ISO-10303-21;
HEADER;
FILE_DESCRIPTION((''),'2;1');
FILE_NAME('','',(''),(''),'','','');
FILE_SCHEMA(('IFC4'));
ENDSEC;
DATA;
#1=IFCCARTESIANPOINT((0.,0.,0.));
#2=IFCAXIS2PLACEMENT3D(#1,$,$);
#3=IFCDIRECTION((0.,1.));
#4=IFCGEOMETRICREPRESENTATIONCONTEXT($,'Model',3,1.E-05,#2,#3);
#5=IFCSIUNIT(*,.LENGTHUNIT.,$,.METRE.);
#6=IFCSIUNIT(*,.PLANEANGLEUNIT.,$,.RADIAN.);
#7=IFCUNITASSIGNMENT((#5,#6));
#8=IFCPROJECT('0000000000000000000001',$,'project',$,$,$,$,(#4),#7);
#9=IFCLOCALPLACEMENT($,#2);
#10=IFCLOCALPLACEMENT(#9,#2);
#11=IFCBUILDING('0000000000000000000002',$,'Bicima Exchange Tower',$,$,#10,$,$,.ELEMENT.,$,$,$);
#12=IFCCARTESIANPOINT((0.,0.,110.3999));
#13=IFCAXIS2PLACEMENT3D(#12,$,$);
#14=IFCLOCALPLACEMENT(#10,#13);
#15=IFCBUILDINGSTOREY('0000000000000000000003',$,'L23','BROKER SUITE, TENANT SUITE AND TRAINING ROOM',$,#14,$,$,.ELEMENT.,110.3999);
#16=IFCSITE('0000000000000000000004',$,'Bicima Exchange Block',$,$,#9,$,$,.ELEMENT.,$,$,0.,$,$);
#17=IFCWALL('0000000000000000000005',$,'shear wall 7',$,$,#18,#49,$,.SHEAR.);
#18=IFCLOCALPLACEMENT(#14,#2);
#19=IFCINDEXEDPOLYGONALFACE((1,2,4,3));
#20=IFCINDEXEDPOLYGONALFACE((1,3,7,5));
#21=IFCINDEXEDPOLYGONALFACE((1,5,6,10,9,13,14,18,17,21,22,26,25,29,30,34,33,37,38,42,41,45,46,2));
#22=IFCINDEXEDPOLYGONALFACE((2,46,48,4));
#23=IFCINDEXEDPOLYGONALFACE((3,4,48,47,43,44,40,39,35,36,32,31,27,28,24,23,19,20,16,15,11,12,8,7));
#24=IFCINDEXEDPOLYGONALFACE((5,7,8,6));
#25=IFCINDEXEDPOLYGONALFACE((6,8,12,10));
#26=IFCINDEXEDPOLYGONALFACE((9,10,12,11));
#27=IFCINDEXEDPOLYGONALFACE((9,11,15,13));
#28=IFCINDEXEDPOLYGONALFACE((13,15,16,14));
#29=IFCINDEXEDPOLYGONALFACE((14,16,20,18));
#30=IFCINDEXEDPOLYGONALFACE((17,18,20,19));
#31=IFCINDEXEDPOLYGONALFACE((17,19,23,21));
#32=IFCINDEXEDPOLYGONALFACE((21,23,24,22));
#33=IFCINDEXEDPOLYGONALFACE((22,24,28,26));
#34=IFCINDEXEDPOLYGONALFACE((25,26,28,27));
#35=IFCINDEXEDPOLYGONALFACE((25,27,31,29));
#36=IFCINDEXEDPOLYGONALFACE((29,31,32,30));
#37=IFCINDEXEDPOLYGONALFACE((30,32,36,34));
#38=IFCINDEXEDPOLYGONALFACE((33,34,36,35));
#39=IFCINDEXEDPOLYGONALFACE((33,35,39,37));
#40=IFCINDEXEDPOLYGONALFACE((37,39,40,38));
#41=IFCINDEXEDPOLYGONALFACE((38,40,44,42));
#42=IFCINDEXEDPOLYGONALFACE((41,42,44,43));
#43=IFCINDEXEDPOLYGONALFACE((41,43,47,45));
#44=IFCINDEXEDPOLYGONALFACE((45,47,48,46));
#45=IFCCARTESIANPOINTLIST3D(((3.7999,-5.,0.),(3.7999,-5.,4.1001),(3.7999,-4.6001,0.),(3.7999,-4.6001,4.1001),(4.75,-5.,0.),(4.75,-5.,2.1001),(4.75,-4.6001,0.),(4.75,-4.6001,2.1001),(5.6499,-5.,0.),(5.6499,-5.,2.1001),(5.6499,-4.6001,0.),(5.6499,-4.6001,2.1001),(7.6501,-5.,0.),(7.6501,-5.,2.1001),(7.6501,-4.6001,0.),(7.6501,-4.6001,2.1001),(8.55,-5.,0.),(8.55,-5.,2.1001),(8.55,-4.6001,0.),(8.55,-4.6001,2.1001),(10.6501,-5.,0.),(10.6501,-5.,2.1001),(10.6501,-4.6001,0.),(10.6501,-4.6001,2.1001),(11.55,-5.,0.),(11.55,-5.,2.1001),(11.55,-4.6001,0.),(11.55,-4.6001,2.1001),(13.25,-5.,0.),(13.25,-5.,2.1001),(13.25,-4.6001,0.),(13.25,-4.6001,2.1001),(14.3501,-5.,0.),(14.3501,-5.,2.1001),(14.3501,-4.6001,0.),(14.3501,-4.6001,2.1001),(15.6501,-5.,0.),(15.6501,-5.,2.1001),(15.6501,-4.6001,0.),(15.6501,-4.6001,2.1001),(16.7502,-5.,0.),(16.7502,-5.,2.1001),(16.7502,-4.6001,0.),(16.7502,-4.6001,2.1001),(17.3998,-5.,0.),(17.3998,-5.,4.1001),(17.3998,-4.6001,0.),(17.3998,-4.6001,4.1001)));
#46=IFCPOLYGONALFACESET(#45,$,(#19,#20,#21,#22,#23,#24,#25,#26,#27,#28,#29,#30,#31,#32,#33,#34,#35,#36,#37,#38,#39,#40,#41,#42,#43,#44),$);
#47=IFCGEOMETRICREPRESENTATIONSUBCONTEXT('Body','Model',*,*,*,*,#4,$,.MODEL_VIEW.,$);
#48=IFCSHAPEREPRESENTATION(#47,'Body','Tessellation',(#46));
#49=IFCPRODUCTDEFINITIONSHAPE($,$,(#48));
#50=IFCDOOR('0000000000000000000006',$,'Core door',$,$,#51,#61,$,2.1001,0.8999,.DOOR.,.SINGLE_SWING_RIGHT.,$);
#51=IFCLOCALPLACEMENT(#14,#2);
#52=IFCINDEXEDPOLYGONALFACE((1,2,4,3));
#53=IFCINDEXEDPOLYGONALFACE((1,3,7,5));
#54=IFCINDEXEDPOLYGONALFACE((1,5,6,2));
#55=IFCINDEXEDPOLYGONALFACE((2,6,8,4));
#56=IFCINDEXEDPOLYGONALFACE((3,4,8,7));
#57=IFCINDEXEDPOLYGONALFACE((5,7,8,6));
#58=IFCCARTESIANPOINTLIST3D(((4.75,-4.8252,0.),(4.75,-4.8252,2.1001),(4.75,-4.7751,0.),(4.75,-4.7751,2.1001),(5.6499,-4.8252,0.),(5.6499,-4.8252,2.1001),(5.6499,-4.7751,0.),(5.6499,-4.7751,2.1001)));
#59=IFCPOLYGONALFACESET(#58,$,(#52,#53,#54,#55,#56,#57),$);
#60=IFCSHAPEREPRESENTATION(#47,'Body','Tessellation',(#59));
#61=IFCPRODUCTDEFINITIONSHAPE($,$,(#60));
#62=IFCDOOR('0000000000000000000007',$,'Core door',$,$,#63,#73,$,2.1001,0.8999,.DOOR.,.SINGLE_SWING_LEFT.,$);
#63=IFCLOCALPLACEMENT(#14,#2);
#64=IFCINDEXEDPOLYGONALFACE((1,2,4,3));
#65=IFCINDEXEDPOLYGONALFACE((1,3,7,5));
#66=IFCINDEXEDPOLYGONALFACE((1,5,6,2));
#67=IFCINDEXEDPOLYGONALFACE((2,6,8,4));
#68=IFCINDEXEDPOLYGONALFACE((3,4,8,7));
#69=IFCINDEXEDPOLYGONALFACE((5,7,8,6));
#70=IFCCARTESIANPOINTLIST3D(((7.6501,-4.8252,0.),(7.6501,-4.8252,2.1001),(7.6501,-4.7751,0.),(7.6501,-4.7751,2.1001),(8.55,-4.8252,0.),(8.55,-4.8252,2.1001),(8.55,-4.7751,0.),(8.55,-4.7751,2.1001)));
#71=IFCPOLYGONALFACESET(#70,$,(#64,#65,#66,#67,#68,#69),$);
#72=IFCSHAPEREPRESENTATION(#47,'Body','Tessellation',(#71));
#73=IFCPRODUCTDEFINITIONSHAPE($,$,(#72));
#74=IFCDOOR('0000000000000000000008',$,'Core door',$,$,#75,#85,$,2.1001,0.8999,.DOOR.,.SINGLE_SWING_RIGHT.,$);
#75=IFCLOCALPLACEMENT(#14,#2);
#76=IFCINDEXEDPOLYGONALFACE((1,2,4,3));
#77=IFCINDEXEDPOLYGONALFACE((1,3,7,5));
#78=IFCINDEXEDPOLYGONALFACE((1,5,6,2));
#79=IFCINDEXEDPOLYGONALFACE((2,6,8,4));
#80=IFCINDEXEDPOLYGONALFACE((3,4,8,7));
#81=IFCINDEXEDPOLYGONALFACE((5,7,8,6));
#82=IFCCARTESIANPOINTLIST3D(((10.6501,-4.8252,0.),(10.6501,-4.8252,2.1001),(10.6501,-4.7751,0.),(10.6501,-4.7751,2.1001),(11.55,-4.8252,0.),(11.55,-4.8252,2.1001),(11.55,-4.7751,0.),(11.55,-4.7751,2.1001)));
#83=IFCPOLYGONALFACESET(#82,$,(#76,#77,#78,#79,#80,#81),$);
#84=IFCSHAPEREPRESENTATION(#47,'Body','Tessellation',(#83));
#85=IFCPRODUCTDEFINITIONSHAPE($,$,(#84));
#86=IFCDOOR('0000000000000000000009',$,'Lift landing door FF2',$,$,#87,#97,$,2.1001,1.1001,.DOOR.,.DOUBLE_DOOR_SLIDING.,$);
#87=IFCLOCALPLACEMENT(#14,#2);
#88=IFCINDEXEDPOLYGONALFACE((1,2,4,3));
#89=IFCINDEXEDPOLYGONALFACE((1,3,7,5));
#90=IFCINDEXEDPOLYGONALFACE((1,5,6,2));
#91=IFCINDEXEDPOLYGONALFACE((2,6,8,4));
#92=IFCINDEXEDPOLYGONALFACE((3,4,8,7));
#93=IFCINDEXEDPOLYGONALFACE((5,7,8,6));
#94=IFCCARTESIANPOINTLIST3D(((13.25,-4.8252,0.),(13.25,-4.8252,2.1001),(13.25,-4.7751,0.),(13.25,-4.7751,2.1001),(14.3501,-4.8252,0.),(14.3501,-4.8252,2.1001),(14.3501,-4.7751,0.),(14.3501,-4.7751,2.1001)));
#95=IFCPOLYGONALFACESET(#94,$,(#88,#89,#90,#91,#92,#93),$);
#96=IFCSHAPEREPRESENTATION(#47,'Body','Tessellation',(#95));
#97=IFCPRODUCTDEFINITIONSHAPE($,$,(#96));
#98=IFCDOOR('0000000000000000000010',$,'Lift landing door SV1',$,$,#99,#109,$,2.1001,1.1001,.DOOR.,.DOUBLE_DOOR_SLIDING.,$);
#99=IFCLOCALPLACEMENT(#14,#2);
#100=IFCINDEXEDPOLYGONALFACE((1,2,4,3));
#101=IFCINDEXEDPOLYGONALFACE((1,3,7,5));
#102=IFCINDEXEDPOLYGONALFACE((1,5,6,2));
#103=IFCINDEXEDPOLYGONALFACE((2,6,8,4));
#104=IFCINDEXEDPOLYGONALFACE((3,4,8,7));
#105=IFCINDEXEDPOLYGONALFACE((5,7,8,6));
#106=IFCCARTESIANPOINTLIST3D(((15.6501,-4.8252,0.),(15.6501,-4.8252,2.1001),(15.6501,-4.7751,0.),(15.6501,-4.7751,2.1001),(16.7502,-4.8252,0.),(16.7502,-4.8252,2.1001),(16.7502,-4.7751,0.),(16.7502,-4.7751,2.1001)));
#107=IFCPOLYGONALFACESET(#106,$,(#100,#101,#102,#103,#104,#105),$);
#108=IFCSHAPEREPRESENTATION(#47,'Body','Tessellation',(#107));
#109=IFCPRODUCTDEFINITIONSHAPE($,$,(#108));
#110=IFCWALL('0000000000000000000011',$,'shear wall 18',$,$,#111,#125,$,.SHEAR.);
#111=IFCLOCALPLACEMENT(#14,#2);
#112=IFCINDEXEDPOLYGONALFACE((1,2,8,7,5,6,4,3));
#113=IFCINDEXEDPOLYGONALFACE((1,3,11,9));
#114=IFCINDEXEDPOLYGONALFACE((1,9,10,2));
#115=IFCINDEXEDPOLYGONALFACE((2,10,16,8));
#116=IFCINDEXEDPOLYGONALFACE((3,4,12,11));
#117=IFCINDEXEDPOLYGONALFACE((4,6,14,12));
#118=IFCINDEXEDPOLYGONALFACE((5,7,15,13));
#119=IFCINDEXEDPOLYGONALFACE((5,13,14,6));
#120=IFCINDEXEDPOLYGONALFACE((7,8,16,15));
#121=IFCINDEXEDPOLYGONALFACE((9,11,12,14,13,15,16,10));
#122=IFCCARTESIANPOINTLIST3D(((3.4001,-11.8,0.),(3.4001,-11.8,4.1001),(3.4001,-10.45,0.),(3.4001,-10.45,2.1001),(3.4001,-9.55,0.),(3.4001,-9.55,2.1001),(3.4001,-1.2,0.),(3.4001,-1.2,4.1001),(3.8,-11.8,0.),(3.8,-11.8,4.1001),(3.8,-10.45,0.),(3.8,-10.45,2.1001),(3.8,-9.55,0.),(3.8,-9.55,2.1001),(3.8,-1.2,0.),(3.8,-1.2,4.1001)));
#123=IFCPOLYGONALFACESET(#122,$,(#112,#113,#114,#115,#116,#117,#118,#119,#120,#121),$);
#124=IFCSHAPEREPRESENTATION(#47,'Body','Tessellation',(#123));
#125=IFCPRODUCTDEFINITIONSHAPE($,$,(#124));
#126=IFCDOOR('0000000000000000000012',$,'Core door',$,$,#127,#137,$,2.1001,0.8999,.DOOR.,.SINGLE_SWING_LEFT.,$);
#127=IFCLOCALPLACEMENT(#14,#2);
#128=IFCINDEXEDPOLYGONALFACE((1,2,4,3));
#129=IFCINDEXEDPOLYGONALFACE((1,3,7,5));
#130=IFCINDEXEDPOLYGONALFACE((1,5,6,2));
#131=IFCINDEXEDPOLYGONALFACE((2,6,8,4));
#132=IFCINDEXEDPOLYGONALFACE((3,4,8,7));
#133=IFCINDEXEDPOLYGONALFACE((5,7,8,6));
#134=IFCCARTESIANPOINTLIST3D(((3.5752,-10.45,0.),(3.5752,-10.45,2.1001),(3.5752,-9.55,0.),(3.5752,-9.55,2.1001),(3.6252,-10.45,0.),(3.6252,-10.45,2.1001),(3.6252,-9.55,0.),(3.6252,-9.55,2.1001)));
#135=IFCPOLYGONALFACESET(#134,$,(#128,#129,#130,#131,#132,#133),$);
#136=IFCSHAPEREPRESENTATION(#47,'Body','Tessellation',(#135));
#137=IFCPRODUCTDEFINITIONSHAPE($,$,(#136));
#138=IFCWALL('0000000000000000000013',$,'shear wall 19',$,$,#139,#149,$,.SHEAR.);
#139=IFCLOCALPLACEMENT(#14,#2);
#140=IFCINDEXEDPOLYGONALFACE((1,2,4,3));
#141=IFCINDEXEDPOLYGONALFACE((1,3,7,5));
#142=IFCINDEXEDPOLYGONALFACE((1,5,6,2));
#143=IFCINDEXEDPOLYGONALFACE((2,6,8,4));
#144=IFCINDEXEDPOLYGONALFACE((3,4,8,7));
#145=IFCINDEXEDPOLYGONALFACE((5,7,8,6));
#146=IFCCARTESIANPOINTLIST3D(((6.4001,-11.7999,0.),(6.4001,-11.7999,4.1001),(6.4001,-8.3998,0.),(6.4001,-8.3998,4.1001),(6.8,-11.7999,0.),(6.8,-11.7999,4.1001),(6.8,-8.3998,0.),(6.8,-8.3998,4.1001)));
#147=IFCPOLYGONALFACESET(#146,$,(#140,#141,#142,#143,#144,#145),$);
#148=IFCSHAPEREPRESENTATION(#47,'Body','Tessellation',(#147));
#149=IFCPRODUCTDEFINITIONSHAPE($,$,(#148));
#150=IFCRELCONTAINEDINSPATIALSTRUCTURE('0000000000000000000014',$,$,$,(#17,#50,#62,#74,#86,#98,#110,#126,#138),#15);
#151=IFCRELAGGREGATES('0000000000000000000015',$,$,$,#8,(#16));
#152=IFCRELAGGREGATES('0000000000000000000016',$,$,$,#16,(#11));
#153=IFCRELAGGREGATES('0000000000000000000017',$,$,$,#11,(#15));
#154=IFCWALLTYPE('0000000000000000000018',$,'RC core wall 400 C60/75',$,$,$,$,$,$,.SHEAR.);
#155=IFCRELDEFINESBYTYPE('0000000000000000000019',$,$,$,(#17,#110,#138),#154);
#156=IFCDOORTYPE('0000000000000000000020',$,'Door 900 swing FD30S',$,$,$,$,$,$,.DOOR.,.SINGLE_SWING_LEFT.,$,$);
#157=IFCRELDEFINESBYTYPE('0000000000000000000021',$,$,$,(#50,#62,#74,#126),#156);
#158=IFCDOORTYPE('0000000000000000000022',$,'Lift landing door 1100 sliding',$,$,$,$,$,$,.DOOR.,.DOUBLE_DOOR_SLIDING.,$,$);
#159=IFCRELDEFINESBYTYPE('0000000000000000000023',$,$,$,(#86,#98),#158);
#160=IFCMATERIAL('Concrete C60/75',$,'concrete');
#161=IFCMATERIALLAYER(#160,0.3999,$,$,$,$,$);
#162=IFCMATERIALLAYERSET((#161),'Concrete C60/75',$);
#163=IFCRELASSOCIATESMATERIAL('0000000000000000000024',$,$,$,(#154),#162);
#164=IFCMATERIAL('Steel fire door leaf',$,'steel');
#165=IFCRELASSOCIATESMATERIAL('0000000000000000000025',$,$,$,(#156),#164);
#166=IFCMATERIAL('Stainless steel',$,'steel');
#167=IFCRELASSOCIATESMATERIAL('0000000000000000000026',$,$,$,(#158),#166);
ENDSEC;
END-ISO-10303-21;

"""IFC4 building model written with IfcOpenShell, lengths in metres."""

from ifc_helpers import new_model, si_unit, direction, frame, frame_2d, origin, place, context, subcontext, project, spatial, rectangle, extrude, material, layer, layer_set, type_object, element, fill, save


model = new_model("IFC4")

# Units and contexts
model_context = context("Model", 3, precision=1e-05, world=origin(), true_north=direction((0.0, 1.0)))
body_context = subcontext(model_context, "Body", "Model", "MODEL_VIEW")
ifc_project = project(units=[si_unit("LENGTHUNIT", "METRE"), si_unit("PLANEANGLEUNIT", "RADIAN")], contexts=[model_context])

# Site, building, storey
site_placement = place(None, origin())
site = spatial("IfcSite", under=ifc_project, at=site_placement, Name="Bicima Exchange Block", CompositionType="ELEMENT", RefElevation=0.0)
building_placement = place(site_placement, origin())
building = spatial("IfcBuilding", under=site, at=building_placement, Name="Bicima Exchange Tower", CompositionType="ELEMENT")
storey_placement = place(building_placement, frame((0.0, 0.0, 110.3999)))
storey = spatial("IfcBuildingStorey", under=building, at=storey_placement, Name="L23", Description="BROKER SUITE, TENANT SUITE AND TRAINING ROOM", CompositionType="ELEMENT", Elevation=110.3999)

# Shared definitions
ifc_material_1 = material(Name="Concrete C60/75", Category="concrete")
ifc_layer_1 = layer(ifc_material_1, 0.3999)
ifc_layer_set_1 = layer_set([ifc_layer_1], Name="Concrete C60/75")
wall_type_1 = type_object("IfcWallType", Name="RC core wall 400 C60/75", PredefinedType="SHEAR", material=ifc_layer_set_1)
ifc_material_2 = material(Name="Steel fire door leaf", Category="steel")
door_type_1 = type_object("IfcDoorType", Name="Door 900 swing FD30S", OperationType="SINGLE_SWING_LEFT", PredefinedType="DOOR", material=ifc_material_2)

# Wall, openings, doors
wall_1_placement = place(storey_placement, frame((3.8, -4.8, 0.0), z_axis=(0.0, 0.0, 1.0), x_axis=(1.0, 0.0, 0.0)))
wall_1 = element("IfcWall", 1, at=wall_1_placement, inside=storey, type_object=wall_type_1, Name="shear wall 7", PredefinedType="SHEAR", context=body_context, shape_type="SweptSolid", body=[
    extrude(rectangle(XDim=13.5999, YDim=0.3999, at=frame_2d((6.7998, 0.0))), origin(), (0.0, 0.0, 1.0), 4.1001),
])
opening_1_placement = place(wall_1_placement, frame((9.45, 0.0, 0.0)))
opening_1 = element("IfcOpeningElement", 2, at=opening_1_placement, cuts=wall_1, PredefinedType="OPENING", context=body_context, shape_type="SweptSolid", body=[
    extrude(rectangle(XDim=1.1001, YDim=2.1001, at=frame_2d((0.55, 1.05))), frame((0.0, 0.2119, 0.0), z_axis=(0.0, -1.0, 0.0), x_axis=(1.0, 0.0, 0.0)), (0.0, 0.0, 1.0), 0.4238),
])
opening_2_placement = place(wall_1_placement, frame((11.8501, 0.0, 0.0)))
opening_2 = element("IfcOpeningElement", 3, at=opening_2_placement, cuts=wall_1, PredefinedType="OPENING", context=body_context, shape_type="SweptSolid", body=[
    extrude(rectangle(XDim=1.1001, YDim=2.1001, at=frame_2d((0.55, 1.05))), frame((0.0, 0.2119, 0.0), z_axis=(0.0, -1.0, 0.0), x_axis=(1.0, 0.0, 0.0)), (0.0, 0.0, 1.0), 0.4238),
])
opening_3_placement = place(wall_1_placement, frame((0.95, 0.0, 0.0)))
opening_3 = element("IfcOpeningElement", 4, at=opening_3_placement, cuts=wall_1, PredefinedType="OPENING", context=body_context, shape_type="SweptSolid", body=[
    extrude(rectangle(XDim=0.8999, YDim=2.1001, at=frame_2d((0.45, 1.05))), frame((0.0, 0.2119, 0.0), z_axis=(0.0, -1.0, 0.0), x_axis=(1.0, 0.0, 0.0)), (0.0, 0.0, 1.0), 0.4238),
])
opening_4_placement = place(wall_1_placement, frame((3.8501, 0.0, 0.0)))
opening_4 = element("IfcOpeningElement", 5, at=opening_4_placement, cuts=wall_1, PredefinedType="OPENING", context=body_context, shape_type="SweptSolid", body=[
    extrude(rectangle(XDim=0.8999, YDim=2.1001, at=frame_2d((0.45, 1.05))), frame((0.0, 0.2119, 0.0), z_axis=(0.0, -1.0, 0.0), x_axis=(1.0, 0.0, 0.0)), (0.0, 0.0, 1.0), 0.4238),
])
opening_5_placement = place(wall_1_placement, frame((6.8501, 0.0, 0.0)))
opening_5 = element("IfcOpeningElement", 6, at=opening_5_placement, cuts=wall_1, PredefinedType="OPENING", context=body_context, shape_type="SweptSolid", body=[
    extrude(rectangle(XDim=0.8999, YDim=2.1001, at=frame_2d((0.45, 1.05))), frame((0.0, 0.2119, 0.0), z_axis=(0.0, -1.0, 0.0), x_axis=(1.0, 0.0, 0.0)), (0.0, 0.0, 1.0), 0.4238),
])
door_1_placement = place(opening_3_placement, origin())
door_1 = element("IfcDoor", 7, at=door_1_placement, inside=storey, type_object=door_type_1, Name="Core door", OperationType="SINGLE_SWING_RIGHT", OverallHeight=2.1001, OverallWidth=0.8999, PredefinedType="DOOR", context=body_context, shape_type="SweptSolid", body=[
    extrude(rectangle(XDim=0.8999, YDim=2.1001, at=frame_2d((0.45, 1.05))), frame((0.0, 0.0249, 0.0), z_axis=(0.0, -1.0, 0.0), x_axis=(1.0, 0.0, 0.0)), (0.0, 0.0, 1.0), 0.05),
])
fill(opening_3, door_1)
door_2_placement = place(opening_4_placement, origin())
door_2 = element("IfcDoor", 8, at=door_2_placement, inside=storey, type_object=door_type_1, Name="Core door", OperationType="SINGLE_SWING_LEFT", OverallHeight=2.1001, OverallWidth=0.8999, PredefinedType="DOOR", context=body_context, shape_type="SweptSolid", body=[
    extrude(rectangle(XDim=0.8999, YDim=2.1001, at=frame_2d((0.45, 1.05))), frame((0.0, 0.0249, 0.0), z_axis=(0.0, -1.0, 0.0), x_axis=(1.0, 0.0, 0.0)), (0.0, 0.0, 1.0), 0.05),
])
fill(opening_4, door_2)
door_3_placement = place(opening_5_placement, origin())
door_3 = element("IfcDoor", 9, at=door_3_placement, inside=storey, type_object=door_type_1, Name="Core door", OperationType="SINGLE_SWING_RIGHT", OverallHeight=2.1001, OverallWidth=0.8999, PredefinedType="DOOR", context=body_context, shape_type="SweptSolid", body=[
    extrude(rectangle(XDim=0.8999, YDim=2.1001, at=frame_2d((0.45, 1.05))), frame((0.0, 0.0249, 0.0), z_axis=(0.0, -1.0, 0.0), x_axis=(1.0, 0.0, 0.0)), (0.0, 0.0, 1.0), 0.05),
])
fill(opening_5, door_3)
ifc_material_3 = material(Name="Stainless steel", Category="steel")
door_type_2 = type_object("IfcDoorType", Name="Lift landing door 1100 sliding", OperationType="DOUBLE_DOOR_SLIDING", PredefinedType="DOOR", material=ifc_material_3)
door_4_placement = place(opening_1_placement, origin())
door_4 = element("IfcDoor", 10, at=door_4_placement, inside=storey, type_object=door_type_2, Name="Lift landing door FF2", OperationType="DOUBLE_DOOR_SLIDING", OverallHeight=2.1001, OverallWidth=1.1001, PredefinedType="DOOR", context=body_context, shape_type="SweptSolid", body=[
    extrude(rectangle(XDim=1.1001, YDim=2.1001, at=frame_2d((0.55, 1.05))), frame((0.0, 0.0249, 0.0), z_axis=(0.0, -1.0, 0.0), x_axis=(1.0, 0.0, 0.0)), (0.0, 0.0, 1.0), 0.05),
])
fill(opening_1, door_4)
door_5_placement = place(opening_2_placement, origin())
door_5 = element("IfcDoor", 11, at=door_5_placement, inside=storey, type_object=door_type_2, Name="Lift landing door SV1", OperationType="DOUBLE_DOOR_SLIDING", OverallHeight=2.1001, OverallWidth=1.1001, PredefinedType="DOOR", context=body_context, shape_type="SweptSolid", body=[
    extrude(rectangle(XDim=1.1001, YDim=2.1001, at=frame_2d((0.55, 1.05))), frame((0.0, 0.0249, 0.0), z_axis=(0.0, -1.0, 0.0), x_axis=(1.0, 0.0, 0.0)), (0.0, 0.0, 1.0), 0.05),
])
fill(opening_2, door_5)

# Wall, opening, door
wall_2_placement = place(storey_placement, frame((3.6001, -11.8, 0.0), z_axis=(0.0, 0.0, 1.0), x_axis=(0.0, 1.0, 0.0)))
wall_2 = element("IfcWall", 12, at=wall_2_placement, inside=storey, type_object=wall_type_1, Name="shear wall 18", PredefinedType="SHEAR", context=body_context, shape_type="SweptSolid", body=[
    extrude(rectangle(XDim=10.6001, YDim=0.3999, at=frame_2d((5.3, 0.0))), origin(), (0.0, 0.0, 1.0), 4.1001),
])
opening_6_placement = place(wall_2_placement, frame((1.3501, 0.0, 0.0)))
opening_6 = element("IfcOpeningElement", 13, at=opening_6_placement, cuts=wall_2, PredefinedType="OPENING", context=body_context, shape_type="SweptSolid", body=[
    extrude(rectangle(XDim=0.8999, YDim=2.1001, at=frame_2d((0.45, 1.05))), frame((0.0, 0.2119, 0.0), z_axis=(0.0, -1.0, 0.0), x_axis=(1.0, 0.0, 0.0)), (0.0, 0.0, 1.0), 0.4238),
])
door_6_placement = place(opening_6_placement, origin())
door_6 = element("IfcDoor", 14, at=door_6_placement, inside=storey, type_object=door_type_1, Name="Core door", OperationType="SINGLE_SWING_LEFT", OverallHeight=2.1001, OverallWidth=0.8999, PredefinedType="DOOR", context=body_context, shape_type="SweptSolid", body=[
    extrude(rectangle(XDim=0.8999, YDim=2.1001, at=frame_2d((0.45, 1.05))), frame((0.0, 0.0249, 0.0), z_axis=(0.0, -1.0, 0.0), x_axis=(1.0, 0.0, 0.0)), (0.0, 0.0, 1.0), 0.05),
])
fill(opening_6, door_6)

# Wall
wall_3_placement = place(storey_placement, frame((6.6001, -11.8, 0.0), z_axis=(0.0, 0.0, 1.0), x_axis=(0.0, 1.0, 0.0)))
element("IfcWall", 15, at=wall_3_placement, inside=storey, type_object=wall_type_1, Name="shear wall 19", PredefinedType="SHEAR", context=body_context, shape_type="SweptSolid", body=[
    extrude(rectangle(XDim=3.4001, YDim=0.3999, at=frame_2d((1.7002, 0.0))), origin(), (0.0, 0.0, 1.0), 4.1001),
])

save(model, "model.ifc")
